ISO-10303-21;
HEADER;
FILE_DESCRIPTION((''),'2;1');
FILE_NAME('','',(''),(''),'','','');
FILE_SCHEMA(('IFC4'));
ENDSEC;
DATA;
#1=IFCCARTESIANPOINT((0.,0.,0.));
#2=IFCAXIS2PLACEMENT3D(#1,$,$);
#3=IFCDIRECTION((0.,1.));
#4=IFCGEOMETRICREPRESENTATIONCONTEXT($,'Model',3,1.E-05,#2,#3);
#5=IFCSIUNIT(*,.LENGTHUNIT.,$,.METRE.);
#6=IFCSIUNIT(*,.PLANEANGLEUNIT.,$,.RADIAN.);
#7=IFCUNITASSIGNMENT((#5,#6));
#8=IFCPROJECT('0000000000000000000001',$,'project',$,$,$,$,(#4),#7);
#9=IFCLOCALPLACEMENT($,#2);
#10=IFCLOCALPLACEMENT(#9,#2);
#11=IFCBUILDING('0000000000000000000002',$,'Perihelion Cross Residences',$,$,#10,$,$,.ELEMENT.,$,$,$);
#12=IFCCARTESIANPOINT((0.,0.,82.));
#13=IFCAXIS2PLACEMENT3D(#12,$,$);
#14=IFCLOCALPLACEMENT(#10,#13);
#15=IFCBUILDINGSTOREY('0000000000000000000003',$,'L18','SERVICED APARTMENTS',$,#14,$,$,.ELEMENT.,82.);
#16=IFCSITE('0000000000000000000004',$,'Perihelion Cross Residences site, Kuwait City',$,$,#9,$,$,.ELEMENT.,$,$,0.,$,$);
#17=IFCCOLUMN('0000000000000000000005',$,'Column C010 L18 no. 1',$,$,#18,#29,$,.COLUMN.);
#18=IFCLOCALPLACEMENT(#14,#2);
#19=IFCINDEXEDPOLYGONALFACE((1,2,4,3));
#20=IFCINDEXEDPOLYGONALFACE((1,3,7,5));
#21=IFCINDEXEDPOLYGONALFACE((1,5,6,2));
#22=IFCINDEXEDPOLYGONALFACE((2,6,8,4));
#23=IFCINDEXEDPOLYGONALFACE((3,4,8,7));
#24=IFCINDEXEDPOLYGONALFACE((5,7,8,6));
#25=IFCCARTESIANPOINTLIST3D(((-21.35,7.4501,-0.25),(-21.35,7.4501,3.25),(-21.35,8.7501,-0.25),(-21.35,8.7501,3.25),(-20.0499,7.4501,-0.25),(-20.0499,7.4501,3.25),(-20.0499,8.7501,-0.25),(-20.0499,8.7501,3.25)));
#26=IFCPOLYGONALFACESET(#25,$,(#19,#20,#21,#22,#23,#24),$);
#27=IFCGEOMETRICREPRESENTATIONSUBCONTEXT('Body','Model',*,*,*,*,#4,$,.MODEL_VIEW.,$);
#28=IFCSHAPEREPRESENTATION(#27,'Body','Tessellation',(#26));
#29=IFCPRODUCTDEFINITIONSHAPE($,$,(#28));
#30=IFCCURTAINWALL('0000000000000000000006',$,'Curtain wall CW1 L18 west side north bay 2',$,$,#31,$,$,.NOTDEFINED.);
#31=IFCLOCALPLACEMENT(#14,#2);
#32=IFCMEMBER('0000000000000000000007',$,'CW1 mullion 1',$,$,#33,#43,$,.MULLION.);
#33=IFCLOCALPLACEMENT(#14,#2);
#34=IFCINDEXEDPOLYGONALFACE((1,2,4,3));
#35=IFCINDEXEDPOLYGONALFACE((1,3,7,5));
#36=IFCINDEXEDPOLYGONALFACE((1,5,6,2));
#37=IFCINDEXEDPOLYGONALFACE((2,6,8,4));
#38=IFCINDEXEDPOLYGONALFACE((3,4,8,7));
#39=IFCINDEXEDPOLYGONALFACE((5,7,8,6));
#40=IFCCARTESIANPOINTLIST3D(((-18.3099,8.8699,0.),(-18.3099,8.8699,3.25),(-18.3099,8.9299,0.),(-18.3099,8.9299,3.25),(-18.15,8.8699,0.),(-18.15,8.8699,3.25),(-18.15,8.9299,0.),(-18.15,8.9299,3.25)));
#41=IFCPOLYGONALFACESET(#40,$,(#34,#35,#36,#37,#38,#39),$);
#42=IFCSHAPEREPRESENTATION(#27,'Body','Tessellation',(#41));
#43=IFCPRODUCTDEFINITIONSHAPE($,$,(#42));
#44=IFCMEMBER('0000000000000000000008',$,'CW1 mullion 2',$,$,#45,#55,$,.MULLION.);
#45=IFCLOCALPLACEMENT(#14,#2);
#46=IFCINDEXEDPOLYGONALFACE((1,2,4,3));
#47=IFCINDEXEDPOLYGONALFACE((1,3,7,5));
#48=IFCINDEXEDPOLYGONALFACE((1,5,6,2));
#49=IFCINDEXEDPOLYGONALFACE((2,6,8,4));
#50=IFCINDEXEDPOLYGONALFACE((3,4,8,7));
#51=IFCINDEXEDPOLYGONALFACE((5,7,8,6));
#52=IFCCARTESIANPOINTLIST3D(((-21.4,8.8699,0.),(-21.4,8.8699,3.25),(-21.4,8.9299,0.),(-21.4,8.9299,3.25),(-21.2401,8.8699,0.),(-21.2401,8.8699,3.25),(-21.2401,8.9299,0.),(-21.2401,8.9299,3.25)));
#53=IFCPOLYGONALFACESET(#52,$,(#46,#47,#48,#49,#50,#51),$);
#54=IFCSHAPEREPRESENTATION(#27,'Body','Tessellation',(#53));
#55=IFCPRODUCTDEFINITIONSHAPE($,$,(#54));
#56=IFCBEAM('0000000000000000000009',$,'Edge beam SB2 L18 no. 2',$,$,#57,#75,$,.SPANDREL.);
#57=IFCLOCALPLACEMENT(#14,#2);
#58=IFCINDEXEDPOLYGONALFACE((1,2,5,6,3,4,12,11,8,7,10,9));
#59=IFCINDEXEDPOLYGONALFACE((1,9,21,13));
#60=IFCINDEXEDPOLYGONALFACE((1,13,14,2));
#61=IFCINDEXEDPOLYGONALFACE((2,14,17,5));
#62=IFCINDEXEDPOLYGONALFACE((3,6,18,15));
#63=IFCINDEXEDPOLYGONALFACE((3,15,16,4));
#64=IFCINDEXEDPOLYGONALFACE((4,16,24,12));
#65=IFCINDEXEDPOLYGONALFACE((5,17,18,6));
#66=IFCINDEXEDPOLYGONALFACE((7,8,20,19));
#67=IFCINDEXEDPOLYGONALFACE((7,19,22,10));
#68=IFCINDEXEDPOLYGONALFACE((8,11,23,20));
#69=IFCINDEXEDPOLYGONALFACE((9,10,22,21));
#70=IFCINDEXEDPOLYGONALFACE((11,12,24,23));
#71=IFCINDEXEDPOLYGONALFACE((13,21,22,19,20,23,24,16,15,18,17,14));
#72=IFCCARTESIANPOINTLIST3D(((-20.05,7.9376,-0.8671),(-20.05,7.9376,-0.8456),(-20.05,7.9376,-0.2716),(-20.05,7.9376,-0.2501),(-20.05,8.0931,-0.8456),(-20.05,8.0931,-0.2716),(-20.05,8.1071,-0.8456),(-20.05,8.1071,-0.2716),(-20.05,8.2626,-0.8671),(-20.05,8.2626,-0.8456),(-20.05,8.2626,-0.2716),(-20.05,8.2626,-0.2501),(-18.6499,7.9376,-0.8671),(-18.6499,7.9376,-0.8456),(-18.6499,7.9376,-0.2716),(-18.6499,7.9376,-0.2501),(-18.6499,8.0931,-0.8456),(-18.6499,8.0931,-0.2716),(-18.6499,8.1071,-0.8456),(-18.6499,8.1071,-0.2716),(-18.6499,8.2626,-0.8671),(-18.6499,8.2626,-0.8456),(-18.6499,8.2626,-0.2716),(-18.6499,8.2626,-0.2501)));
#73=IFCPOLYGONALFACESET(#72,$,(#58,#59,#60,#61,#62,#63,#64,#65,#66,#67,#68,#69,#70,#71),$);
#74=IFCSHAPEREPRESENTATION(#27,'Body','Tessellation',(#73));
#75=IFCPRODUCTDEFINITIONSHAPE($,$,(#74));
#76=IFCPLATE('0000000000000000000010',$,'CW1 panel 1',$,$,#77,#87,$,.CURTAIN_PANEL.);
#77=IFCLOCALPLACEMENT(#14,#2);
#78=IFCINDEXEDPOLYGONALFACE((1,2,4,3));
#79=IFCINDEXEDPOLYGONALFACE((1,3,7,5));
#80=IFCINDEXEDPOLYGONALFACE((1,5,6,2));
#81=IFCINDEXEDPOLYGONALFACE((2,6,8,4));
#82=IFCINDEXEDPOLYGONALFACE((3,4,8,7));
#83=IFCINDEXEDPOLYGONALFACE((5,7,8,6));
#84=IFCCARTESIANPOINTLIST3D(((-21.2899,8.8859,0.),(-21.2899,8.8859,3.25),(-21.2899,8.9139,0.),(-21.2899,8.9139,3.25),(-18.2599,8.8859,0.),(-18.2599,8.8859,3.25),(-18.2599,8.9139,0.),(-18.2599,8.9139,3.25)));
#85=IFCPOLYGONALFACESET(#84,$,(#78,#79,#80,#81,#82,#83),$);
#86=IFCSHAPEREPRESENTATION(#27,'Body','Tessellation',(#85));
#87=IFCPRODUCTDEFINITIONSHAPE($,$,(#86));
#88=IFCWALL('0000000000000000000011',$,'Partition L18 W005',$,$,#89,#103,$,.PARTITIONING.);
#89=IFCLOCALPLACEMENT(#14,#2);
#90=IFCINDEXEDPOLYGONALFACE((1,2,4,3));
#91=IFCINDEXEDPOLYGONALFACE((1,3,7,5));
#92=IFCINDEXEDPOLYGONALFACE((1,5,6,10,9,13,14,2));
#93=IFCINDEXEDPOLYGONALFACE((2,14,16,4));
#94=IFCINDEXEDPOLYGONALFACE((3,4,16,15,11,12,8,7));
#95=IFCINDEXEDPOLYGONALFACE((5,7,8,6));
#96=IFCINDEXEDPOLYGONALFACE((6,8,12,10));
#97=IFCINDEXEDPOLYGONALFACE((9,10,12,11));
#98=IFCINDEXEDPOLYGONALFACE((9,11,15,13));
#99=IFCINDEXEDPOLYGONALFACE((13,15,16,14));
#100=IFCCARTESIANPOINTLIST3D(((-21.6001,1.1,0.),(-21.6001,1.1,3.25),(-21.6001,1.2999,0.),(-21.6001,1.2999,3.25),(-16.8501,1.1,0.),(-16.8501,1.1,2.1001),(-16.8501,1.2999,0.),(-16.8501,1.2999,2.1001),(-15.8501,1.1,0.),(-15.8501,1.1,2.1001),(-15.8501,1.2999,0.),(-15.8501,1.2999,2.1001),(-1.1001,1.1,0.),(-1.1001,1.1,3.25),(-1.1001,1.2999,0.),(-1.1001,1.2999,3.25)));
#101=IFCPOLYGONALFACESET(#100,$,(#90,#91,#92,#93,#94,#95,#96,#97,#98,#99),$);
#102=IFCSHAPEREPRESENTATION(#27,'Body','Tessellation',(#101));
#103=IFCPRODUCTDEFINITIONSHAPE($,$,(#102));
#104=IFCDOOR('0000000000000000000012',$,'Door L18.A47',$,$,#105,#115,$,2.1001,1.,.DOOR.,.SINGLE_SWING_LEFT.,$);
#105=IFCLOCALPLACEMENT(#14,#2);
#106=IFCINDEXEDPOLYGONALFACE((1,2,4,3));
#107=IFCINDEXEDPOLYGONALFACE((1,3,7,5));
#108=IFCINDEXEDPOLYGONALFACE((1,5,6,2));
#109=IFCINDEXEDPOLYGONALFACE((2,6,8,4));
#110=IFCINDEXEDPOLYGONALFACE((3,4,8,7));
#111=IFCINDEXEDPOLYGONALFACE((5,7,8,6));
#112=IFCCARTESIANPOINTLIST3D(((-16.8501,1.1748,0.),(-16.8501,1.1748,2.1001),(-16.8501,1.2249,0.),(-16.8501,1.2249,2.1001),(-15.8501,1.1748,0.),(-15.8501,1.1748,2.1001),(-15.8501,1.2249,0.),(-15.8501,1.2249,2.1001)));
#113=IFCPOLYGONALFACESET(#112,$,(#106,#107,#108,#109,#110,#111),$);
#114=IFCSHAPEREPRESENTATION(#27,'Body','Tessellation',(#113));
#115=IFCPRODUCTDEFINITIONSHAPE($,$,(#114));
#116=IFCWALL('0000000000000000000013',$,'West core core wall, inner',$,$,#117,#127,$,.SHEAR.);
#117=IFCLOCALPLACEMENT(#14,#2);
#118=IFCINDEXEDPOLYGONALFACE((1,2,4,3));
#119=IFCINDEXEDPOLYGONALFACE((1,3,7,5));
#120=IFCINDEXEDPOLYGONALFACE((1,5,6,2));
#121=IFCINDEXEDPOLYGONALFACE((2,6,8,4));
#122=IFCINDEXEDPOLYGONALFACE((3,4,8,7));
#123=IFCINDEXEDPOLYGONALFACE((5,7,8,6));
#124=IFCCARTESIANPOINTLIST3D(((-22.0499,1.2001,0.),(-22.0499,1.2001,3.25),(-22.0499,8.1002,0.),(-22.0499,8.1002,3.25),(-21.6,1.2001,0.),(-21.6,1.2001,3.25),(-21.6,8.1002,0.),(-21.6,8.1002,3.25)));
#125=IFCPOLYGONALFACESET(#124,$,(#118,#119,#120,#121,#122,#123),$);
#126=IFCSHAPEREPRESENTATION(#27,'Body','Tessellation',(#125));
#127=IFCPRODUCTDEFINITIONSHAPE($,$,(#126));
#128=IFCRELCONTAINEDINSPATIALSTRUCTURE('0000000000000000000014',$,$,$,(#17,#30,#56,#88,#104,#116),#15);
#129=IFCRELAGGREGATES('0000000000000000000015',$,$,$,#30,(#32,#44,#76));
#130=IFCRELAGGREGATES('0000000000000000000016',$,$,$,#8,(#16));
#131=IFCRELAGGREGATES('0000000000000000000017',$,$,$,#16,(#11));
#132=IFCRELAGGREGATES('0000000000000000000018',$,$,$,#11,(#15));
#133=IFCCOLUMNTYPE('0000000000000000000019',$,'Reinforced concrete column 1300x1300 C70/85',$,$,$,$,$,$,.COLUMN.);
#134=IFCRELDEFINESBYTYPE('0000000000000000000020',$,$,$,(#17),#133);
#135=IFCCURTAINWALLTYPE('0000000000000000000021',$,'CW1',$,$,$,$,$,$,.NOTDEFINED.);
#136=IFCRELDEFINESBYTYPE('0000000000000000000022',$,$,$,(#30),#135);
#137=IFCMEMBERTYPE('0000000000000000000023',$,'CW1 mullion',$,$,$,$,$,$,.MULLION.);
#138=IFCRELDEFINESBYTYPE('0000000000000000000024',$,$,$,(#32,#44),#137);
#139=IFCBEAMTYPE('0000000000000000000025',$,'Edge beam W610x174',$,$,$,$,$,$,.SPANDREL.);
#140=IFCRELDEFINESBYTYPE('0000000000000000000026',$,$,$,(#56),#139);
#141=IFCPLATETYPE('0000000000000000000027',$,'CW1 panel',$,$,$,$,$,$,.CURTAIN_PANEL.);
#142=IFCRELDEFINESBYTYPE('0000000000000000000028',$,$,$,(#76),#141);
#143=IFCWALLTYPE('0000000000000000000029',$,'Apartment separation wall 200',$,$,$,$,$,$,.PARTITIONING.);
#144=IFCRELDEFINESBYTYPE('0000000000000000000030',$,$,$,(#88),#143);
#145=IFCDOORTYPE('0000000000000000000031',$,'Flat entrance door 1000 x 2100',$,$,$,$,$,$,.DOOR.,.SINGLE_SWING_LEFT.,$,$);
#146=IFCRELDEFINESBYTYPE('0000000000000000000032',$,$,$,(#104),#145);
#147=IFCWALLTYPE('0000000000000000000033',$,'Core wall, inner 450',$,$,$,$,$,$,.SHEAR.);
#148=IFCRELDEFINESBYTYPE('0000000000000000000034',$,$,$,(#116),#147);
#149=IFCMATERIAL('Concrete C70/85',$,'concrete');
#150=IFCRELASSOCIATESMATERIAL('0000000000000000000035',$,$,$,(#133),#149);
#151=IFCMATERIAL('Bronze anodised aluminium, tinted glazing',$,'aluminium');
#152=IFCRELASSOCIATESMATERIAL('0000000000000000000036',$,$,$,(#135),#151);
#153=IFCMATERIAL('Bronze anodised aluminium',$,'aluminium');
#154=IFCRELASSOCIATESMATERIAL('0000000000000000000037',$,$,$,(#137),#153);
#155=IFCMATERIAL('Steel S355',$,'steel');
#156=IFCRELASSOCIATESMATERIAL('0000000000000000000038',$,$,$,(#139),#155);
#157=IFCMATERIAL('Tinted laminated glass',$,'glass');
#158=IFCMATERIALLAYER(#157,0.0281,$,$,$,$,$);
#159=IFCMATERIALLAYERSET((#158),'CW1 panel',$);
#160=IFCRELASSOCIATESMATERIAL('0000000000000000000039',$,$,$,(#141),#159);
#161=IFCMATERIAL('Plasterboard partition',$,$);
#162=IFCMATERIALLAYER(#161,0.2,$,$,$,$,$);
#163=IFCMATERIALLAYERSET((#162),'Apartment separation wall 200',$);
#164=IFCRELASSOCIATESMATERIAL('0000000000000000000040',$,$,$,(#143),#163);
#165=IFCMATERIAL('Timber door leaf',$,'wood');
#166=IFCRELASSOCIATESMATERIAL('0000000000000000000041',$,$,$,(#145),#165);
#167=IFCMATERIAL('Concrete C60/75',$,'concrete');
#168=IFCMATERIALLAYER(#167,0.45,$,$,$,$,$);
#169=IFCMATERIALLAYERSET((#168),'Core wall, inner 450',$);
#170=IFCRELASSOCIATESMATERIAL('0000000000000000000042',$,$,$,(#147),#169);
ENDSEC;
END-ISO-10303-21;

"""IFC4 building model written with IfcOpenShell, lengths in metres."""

from ifc_helpers import new_model, si_unit, direction, frame, frame_2d, origin, origin_2d, place, context, subcontext, project, spatial, rectangle, i_section, extrude, material, layer, layer_set, material_profile, profile_set, type_object, element, fill, aggregate, save


model = new_model("IFC4")

# Units and contexts
model_context = context("Model", 3, precision=1e-05, world=origin(), true_north=direction((0.0, 1.0)))
body_context = subcontext(model_context, "Body", "Model", "MODEL_VIEW")
ifc_project = project(units=[si_unit("LENGTHUNIT", "METRE"), si_unit("PLANEANGLEUNIT", "RADIAN")], contexts=[model_context])

# Site, building, storey
site_placement = place(None, origin())
site = spatial("IfcSite", under=ifc_project, at=site_placement, Name="Perihelion Cross Residences site, Kuwait City", CompositionType="ELEMENT", RefElevation=0.0)
building_placement = place(site_placement, origin())
building = spatial("IfcBuilding", under=site, at=building_placement, Name="Perihelion Cross Residences", CompositionType="ELEMENT")
storey_placement = place(building_placement, frame((0.0, 0.0, 82.0)))
storey = spatial("IfcBuildingStorey", under=building, at=storey_placement, Name="L18", Description="SERVICED APARTMENTS", CompositionType="ELEMENT", Elevation=82.0)

# Column
ifc_material_1 = material(Name="Concrete C70/85", Category="concrete")
ifc_material_profile_1 = material_profile(ifc_material_1, rectangle(XDim=1.3, YDim=1.3, at=origin_2d()), Name="RC 1300x1300")
ifc_profile_set_1 = profile_set([ifc_material_profile_1], Name="Concrete C70/85")
column_type = type_object("IfcColumnType", Name="Reinforced concrete column 1300x1300 C70/85", PredefinedType="COLUMN", material=ifc_profile_set_1)
column_placement = place(storey_placement, frame((-20.7, 8.1001, -0.25), z_axis=(0.0, 0.0, 1.0), x_axis=(1.0, 0.0, 0.0)))
element("IfcColumn", 1, at=column_placement, inside=storey, type_object=column_type, Name="Column C010 L18 no. 1", PredefinedType="COLUMN", context=body_context, shape_type="SweptSolid", body=[
    extrude(rectangle(XDim=1.3, YDim=1.3, at=origin_2d()), origin(), (0.0, 0.0, 1.0), 3.5),
])

# Curtain wall, members
ifc_material_2 = material(Name="Bronze anodised aluminium, tinted glazing", Category="aluminium")
curtain_wall_type = type_object("IfcCurtainWallType", Name="CW1", PredefinedType="NOTDEFINED", material=ifc_material_2)
curtain_wall_placement = place(storey_placement, origin())
curtain_wall = element("IfcCurtainWall", 2, at=curtain_wall_placement, inside=storey, type_object=curtain_wall_type, Name="Curtain wall CW1 L18 west side north bay 2", PredefinedType="NOTDEFINED")
ifc_material_3 = material(Name="Bronze anodised aluminium", Category="aluminium")
ifc_material_profile_2 = material_profile(ifc_material_3, rectangle(XDim=0.0601, YDim=0.1599, at=origin_2d()), Name="CW1 mullion")
ifc_profile_set_2 = profile_set([ifc_material_profile_2], Name="Bronze anodised aluminium")
member_type = type_object("IfcMemberType", Name="CW1 mullion", PredefinedType="MULLION", material=ifc_profile_set_2)
member_1_placement = place(storey_placement, frame((-18.23, 8.8999, 0.0), z_axis=(0.0, 0.0, 1.0), x_axis=(0.0, -1.0, 0.0)))
member_1 = element("IfcMember", 3, at=member_1_placement, type_object=member_type, Name="CW1 mullion 1", PredefinedType="MULLION", context=body_context, shape_type="SweptSolid", body=[
    extrude(rectangle(XDim=0.0601, YDim=0.1599, at=origin_2d()), origin(), (0.0, 0.0, 1.0), 3.25),
])
member_2_placement = place(storey_placement, frame((-21.3201, 8.8999, 0.0), z_axis=(0.0, 0.0, 1.0), x_axis=(0.0, -1.0, 0.0)))
member_2 = element("IfcMember", 4, at=member_2_placement, type_object=member_type, Name="CW1 mullion 2", PredefinedType="MULLION", context=body_context, shape_type="SweptSolid", body=[
    extrude(rectangle(XDim=0.0601, YDim=0.1599, at=origin_2d()), origin(), (0.0, 0.0, 1.0), 3.25),
])

# Beam
ifc_material_4 = material(Name="Steel S355", Category="steel")
ifc_material_profile_3 = material_profile(ifc_material_4, i_section(OverallWidth=0.325, OverallDepth=0.6169, WebThickness=0.0139, FlangeThickness=0.0215, at=origin_2d()), Name="W610x174")
ifc_profile_set_3 = profile_set([ifc_material_profile_3], Name="Steel S355")
beam_type = type_object("IfcBeamType", Name="Edge beam W610x174", PredefinedType="SPANDREL", material=ifc_profile_set_3)
beam_placement = place(storey_placement, frame((-18.6499, 8.1001, -0.5586), z_axis=(-1.0, 0.0, 0.0), x_axis=(0.0, -1.0, 0.0)))
element("IfcBeam", 5, at=beam_placement, inside=storey, type_object=beam_type, Name="Edge beam SB2 L18 no. 2", PredefinedType="SPANDREL", context=body_context, shape_type="SweptSolid", body=[
    extrude(i_section(OverallWidth=0.325, OverallDepth=0.6169, WebThickness=0.0139, FlangeThickness=0.0215, at=origin_2d()), origin(), (0.0, 0.0, 1.0), 1.4001),
])

# Plate
ifc_material_5 = material(Name="Tinted laminated glass", Category="glass")
ifc_layer_1 = layer(ifc_material_5, 0.0281)
ifc_layer_set_1 = layer_set([ifc_layer_1], Name="CW1 panel")
plate_type = type_object("IfcPlateType", Name="CW1 panel", PredefinedType="CURTAIN_PANEL", material=ifc_layer_set_1)
plate_placement = place(storey_placement, frame((-19.7749, 8.8999, 0.0), z_axis=(0.0, 0.0, 1.0), x_axis=(-1.0, 0.0, 0.0)))
plate = element("IfcPlate", 6, at=plate_placement, type_object=plate_type, Name="CW1 panel 1", PredefinedType="CURTAIN_PANEL", context=body_context, shape_type="SweptSolid", body=[
    extrude(rectangle(XDim=3.03, YDim=0.0281, at=origin_2d()), origin(), (0.0, 0.0, 1.0), 3.25),
])
aggregate(curtain_wall, [member_1, member_2, plate])

# Wall, opening, door
ifc_material_6 = material(Name="Plasterboard partition")
ifc_layer_2 = layer(ifc_material_6, 0.2)
ifc_layer_set_2 = layer_set([ifc_layer_2], Name="Apartment separation wall 200")
wall_type_1 = type_object("IfcWallType", Name="Apartment separation wall 200", PredefinedType="PARTITIONING", material=ifc_layer_set_2)
wall_1_placement = place(storey_placement, frame((-21.6001, 1.2, 0.0), z_axis=(0.0, 0.0, 1.0), x_axis=(1.0, 0.0, 0.0)))
wall_1 = element("IfcWall", 7, at=wall_1_placement, inside=storey, type_object=wall_type_1, Name="Partition L18 W005", PredefinedType="PARTITIONING", context=body_context, shape_type="SweptSolid", body=[
    extrude(rectangle(XDim=20.5, YDim=0.2, at=frame_2d((10.25, 0.0))), origin(), (0.0, 0.0, 1.0), 3.25),
])
opening_1_placement = place(wall_1_placement, frame((4.75, 0.0, 0.0)))
opening_1 = element("IfcOpeningElement", 8, at=opening_1_placement, cuts=wall_1, PredefinedType="OPENING", context=body_context, shape_type="SweptSolid", body=[
    extrude(rectangle(XDim=1.0, YDim=2.1001, at=frame_2d((0.5, 1.05))), frame((0.0, 0.1099, 0.0), z_axis=(0.0, -1.0, 0.0), x_axis=(1.0, 0.0, 0.0)), (0.0, 0.0, 1.0), 0.22),
])
ifc_material_7 = material(Name="Timber door leaf", Category="wood")
door_type_1 = type_object("IfcDoorType", Name="Flat entrance door 1000 x 2100", OperationType="SINGLE_SWING_LEFT", PredefinedType="DOOR", material=ifc_material_7)
door_1_placement = place(opening_1_placement, origin())
door_1 = element("IfcDoor", 9, at=door_1_placement, inside=storey, type_object=door_type_1, Name="Door L18.A47", OperationType="SINGLE_SWING_LEFT", OverallHeight=2.1001, OverallWidth=1.0, PredefinedType="DOOR", context=body_context, shape_type="SweptSolid", body=[
    extrude(rectangle(XDim=1.0, YDim=2.1001, at=frame_2d((0.5, 1.05))), frame((0.0, 0.0249, 0.0), z_axis=(0.0, -1.0, 0.0), x_axis=(1.0, 0.0, 0.0)), (0.0, 0.0, 1.0), 0.05),
])
fill(opening_1, door_1)

# Wall
ifc_material_8 = material(Name="Concrete C60/75", Category="concrete")
ifc_layer_3 = layer(ifc_material_8, 0.45)
ifc_layer_set_3 = layer_set([ifc_layer_3], Name="Core wall, inner 450")
wall_type_2 = type_object("IfcWallType", Name="Core wall, inner 450", PredefinedType="SHEAR", material=ifc_layer_set_3)
wall_2_placement = place(storey_placement, frame((-21.825, 1.2, 0.0), z_axis=(0.0, 0.0, 1.0), x_axis=(0.0, 1.0, 0.0)))
element("IfcWall", 10, at=wall_2_placement, inside=storey, type_object=wall_type_2, Name="West core core wall, inner", PredefinedType="SHEAR", context=body_context, shape_type="SweptSolid", body=[
    extrude(rectangle(XDim=6.9001, YDim=0.45, at=frame_2d((3.4502, 0.0))), origin(), (0.0, 0.0, 1.0), 3.25),
])

save(model, "model.ifc")
